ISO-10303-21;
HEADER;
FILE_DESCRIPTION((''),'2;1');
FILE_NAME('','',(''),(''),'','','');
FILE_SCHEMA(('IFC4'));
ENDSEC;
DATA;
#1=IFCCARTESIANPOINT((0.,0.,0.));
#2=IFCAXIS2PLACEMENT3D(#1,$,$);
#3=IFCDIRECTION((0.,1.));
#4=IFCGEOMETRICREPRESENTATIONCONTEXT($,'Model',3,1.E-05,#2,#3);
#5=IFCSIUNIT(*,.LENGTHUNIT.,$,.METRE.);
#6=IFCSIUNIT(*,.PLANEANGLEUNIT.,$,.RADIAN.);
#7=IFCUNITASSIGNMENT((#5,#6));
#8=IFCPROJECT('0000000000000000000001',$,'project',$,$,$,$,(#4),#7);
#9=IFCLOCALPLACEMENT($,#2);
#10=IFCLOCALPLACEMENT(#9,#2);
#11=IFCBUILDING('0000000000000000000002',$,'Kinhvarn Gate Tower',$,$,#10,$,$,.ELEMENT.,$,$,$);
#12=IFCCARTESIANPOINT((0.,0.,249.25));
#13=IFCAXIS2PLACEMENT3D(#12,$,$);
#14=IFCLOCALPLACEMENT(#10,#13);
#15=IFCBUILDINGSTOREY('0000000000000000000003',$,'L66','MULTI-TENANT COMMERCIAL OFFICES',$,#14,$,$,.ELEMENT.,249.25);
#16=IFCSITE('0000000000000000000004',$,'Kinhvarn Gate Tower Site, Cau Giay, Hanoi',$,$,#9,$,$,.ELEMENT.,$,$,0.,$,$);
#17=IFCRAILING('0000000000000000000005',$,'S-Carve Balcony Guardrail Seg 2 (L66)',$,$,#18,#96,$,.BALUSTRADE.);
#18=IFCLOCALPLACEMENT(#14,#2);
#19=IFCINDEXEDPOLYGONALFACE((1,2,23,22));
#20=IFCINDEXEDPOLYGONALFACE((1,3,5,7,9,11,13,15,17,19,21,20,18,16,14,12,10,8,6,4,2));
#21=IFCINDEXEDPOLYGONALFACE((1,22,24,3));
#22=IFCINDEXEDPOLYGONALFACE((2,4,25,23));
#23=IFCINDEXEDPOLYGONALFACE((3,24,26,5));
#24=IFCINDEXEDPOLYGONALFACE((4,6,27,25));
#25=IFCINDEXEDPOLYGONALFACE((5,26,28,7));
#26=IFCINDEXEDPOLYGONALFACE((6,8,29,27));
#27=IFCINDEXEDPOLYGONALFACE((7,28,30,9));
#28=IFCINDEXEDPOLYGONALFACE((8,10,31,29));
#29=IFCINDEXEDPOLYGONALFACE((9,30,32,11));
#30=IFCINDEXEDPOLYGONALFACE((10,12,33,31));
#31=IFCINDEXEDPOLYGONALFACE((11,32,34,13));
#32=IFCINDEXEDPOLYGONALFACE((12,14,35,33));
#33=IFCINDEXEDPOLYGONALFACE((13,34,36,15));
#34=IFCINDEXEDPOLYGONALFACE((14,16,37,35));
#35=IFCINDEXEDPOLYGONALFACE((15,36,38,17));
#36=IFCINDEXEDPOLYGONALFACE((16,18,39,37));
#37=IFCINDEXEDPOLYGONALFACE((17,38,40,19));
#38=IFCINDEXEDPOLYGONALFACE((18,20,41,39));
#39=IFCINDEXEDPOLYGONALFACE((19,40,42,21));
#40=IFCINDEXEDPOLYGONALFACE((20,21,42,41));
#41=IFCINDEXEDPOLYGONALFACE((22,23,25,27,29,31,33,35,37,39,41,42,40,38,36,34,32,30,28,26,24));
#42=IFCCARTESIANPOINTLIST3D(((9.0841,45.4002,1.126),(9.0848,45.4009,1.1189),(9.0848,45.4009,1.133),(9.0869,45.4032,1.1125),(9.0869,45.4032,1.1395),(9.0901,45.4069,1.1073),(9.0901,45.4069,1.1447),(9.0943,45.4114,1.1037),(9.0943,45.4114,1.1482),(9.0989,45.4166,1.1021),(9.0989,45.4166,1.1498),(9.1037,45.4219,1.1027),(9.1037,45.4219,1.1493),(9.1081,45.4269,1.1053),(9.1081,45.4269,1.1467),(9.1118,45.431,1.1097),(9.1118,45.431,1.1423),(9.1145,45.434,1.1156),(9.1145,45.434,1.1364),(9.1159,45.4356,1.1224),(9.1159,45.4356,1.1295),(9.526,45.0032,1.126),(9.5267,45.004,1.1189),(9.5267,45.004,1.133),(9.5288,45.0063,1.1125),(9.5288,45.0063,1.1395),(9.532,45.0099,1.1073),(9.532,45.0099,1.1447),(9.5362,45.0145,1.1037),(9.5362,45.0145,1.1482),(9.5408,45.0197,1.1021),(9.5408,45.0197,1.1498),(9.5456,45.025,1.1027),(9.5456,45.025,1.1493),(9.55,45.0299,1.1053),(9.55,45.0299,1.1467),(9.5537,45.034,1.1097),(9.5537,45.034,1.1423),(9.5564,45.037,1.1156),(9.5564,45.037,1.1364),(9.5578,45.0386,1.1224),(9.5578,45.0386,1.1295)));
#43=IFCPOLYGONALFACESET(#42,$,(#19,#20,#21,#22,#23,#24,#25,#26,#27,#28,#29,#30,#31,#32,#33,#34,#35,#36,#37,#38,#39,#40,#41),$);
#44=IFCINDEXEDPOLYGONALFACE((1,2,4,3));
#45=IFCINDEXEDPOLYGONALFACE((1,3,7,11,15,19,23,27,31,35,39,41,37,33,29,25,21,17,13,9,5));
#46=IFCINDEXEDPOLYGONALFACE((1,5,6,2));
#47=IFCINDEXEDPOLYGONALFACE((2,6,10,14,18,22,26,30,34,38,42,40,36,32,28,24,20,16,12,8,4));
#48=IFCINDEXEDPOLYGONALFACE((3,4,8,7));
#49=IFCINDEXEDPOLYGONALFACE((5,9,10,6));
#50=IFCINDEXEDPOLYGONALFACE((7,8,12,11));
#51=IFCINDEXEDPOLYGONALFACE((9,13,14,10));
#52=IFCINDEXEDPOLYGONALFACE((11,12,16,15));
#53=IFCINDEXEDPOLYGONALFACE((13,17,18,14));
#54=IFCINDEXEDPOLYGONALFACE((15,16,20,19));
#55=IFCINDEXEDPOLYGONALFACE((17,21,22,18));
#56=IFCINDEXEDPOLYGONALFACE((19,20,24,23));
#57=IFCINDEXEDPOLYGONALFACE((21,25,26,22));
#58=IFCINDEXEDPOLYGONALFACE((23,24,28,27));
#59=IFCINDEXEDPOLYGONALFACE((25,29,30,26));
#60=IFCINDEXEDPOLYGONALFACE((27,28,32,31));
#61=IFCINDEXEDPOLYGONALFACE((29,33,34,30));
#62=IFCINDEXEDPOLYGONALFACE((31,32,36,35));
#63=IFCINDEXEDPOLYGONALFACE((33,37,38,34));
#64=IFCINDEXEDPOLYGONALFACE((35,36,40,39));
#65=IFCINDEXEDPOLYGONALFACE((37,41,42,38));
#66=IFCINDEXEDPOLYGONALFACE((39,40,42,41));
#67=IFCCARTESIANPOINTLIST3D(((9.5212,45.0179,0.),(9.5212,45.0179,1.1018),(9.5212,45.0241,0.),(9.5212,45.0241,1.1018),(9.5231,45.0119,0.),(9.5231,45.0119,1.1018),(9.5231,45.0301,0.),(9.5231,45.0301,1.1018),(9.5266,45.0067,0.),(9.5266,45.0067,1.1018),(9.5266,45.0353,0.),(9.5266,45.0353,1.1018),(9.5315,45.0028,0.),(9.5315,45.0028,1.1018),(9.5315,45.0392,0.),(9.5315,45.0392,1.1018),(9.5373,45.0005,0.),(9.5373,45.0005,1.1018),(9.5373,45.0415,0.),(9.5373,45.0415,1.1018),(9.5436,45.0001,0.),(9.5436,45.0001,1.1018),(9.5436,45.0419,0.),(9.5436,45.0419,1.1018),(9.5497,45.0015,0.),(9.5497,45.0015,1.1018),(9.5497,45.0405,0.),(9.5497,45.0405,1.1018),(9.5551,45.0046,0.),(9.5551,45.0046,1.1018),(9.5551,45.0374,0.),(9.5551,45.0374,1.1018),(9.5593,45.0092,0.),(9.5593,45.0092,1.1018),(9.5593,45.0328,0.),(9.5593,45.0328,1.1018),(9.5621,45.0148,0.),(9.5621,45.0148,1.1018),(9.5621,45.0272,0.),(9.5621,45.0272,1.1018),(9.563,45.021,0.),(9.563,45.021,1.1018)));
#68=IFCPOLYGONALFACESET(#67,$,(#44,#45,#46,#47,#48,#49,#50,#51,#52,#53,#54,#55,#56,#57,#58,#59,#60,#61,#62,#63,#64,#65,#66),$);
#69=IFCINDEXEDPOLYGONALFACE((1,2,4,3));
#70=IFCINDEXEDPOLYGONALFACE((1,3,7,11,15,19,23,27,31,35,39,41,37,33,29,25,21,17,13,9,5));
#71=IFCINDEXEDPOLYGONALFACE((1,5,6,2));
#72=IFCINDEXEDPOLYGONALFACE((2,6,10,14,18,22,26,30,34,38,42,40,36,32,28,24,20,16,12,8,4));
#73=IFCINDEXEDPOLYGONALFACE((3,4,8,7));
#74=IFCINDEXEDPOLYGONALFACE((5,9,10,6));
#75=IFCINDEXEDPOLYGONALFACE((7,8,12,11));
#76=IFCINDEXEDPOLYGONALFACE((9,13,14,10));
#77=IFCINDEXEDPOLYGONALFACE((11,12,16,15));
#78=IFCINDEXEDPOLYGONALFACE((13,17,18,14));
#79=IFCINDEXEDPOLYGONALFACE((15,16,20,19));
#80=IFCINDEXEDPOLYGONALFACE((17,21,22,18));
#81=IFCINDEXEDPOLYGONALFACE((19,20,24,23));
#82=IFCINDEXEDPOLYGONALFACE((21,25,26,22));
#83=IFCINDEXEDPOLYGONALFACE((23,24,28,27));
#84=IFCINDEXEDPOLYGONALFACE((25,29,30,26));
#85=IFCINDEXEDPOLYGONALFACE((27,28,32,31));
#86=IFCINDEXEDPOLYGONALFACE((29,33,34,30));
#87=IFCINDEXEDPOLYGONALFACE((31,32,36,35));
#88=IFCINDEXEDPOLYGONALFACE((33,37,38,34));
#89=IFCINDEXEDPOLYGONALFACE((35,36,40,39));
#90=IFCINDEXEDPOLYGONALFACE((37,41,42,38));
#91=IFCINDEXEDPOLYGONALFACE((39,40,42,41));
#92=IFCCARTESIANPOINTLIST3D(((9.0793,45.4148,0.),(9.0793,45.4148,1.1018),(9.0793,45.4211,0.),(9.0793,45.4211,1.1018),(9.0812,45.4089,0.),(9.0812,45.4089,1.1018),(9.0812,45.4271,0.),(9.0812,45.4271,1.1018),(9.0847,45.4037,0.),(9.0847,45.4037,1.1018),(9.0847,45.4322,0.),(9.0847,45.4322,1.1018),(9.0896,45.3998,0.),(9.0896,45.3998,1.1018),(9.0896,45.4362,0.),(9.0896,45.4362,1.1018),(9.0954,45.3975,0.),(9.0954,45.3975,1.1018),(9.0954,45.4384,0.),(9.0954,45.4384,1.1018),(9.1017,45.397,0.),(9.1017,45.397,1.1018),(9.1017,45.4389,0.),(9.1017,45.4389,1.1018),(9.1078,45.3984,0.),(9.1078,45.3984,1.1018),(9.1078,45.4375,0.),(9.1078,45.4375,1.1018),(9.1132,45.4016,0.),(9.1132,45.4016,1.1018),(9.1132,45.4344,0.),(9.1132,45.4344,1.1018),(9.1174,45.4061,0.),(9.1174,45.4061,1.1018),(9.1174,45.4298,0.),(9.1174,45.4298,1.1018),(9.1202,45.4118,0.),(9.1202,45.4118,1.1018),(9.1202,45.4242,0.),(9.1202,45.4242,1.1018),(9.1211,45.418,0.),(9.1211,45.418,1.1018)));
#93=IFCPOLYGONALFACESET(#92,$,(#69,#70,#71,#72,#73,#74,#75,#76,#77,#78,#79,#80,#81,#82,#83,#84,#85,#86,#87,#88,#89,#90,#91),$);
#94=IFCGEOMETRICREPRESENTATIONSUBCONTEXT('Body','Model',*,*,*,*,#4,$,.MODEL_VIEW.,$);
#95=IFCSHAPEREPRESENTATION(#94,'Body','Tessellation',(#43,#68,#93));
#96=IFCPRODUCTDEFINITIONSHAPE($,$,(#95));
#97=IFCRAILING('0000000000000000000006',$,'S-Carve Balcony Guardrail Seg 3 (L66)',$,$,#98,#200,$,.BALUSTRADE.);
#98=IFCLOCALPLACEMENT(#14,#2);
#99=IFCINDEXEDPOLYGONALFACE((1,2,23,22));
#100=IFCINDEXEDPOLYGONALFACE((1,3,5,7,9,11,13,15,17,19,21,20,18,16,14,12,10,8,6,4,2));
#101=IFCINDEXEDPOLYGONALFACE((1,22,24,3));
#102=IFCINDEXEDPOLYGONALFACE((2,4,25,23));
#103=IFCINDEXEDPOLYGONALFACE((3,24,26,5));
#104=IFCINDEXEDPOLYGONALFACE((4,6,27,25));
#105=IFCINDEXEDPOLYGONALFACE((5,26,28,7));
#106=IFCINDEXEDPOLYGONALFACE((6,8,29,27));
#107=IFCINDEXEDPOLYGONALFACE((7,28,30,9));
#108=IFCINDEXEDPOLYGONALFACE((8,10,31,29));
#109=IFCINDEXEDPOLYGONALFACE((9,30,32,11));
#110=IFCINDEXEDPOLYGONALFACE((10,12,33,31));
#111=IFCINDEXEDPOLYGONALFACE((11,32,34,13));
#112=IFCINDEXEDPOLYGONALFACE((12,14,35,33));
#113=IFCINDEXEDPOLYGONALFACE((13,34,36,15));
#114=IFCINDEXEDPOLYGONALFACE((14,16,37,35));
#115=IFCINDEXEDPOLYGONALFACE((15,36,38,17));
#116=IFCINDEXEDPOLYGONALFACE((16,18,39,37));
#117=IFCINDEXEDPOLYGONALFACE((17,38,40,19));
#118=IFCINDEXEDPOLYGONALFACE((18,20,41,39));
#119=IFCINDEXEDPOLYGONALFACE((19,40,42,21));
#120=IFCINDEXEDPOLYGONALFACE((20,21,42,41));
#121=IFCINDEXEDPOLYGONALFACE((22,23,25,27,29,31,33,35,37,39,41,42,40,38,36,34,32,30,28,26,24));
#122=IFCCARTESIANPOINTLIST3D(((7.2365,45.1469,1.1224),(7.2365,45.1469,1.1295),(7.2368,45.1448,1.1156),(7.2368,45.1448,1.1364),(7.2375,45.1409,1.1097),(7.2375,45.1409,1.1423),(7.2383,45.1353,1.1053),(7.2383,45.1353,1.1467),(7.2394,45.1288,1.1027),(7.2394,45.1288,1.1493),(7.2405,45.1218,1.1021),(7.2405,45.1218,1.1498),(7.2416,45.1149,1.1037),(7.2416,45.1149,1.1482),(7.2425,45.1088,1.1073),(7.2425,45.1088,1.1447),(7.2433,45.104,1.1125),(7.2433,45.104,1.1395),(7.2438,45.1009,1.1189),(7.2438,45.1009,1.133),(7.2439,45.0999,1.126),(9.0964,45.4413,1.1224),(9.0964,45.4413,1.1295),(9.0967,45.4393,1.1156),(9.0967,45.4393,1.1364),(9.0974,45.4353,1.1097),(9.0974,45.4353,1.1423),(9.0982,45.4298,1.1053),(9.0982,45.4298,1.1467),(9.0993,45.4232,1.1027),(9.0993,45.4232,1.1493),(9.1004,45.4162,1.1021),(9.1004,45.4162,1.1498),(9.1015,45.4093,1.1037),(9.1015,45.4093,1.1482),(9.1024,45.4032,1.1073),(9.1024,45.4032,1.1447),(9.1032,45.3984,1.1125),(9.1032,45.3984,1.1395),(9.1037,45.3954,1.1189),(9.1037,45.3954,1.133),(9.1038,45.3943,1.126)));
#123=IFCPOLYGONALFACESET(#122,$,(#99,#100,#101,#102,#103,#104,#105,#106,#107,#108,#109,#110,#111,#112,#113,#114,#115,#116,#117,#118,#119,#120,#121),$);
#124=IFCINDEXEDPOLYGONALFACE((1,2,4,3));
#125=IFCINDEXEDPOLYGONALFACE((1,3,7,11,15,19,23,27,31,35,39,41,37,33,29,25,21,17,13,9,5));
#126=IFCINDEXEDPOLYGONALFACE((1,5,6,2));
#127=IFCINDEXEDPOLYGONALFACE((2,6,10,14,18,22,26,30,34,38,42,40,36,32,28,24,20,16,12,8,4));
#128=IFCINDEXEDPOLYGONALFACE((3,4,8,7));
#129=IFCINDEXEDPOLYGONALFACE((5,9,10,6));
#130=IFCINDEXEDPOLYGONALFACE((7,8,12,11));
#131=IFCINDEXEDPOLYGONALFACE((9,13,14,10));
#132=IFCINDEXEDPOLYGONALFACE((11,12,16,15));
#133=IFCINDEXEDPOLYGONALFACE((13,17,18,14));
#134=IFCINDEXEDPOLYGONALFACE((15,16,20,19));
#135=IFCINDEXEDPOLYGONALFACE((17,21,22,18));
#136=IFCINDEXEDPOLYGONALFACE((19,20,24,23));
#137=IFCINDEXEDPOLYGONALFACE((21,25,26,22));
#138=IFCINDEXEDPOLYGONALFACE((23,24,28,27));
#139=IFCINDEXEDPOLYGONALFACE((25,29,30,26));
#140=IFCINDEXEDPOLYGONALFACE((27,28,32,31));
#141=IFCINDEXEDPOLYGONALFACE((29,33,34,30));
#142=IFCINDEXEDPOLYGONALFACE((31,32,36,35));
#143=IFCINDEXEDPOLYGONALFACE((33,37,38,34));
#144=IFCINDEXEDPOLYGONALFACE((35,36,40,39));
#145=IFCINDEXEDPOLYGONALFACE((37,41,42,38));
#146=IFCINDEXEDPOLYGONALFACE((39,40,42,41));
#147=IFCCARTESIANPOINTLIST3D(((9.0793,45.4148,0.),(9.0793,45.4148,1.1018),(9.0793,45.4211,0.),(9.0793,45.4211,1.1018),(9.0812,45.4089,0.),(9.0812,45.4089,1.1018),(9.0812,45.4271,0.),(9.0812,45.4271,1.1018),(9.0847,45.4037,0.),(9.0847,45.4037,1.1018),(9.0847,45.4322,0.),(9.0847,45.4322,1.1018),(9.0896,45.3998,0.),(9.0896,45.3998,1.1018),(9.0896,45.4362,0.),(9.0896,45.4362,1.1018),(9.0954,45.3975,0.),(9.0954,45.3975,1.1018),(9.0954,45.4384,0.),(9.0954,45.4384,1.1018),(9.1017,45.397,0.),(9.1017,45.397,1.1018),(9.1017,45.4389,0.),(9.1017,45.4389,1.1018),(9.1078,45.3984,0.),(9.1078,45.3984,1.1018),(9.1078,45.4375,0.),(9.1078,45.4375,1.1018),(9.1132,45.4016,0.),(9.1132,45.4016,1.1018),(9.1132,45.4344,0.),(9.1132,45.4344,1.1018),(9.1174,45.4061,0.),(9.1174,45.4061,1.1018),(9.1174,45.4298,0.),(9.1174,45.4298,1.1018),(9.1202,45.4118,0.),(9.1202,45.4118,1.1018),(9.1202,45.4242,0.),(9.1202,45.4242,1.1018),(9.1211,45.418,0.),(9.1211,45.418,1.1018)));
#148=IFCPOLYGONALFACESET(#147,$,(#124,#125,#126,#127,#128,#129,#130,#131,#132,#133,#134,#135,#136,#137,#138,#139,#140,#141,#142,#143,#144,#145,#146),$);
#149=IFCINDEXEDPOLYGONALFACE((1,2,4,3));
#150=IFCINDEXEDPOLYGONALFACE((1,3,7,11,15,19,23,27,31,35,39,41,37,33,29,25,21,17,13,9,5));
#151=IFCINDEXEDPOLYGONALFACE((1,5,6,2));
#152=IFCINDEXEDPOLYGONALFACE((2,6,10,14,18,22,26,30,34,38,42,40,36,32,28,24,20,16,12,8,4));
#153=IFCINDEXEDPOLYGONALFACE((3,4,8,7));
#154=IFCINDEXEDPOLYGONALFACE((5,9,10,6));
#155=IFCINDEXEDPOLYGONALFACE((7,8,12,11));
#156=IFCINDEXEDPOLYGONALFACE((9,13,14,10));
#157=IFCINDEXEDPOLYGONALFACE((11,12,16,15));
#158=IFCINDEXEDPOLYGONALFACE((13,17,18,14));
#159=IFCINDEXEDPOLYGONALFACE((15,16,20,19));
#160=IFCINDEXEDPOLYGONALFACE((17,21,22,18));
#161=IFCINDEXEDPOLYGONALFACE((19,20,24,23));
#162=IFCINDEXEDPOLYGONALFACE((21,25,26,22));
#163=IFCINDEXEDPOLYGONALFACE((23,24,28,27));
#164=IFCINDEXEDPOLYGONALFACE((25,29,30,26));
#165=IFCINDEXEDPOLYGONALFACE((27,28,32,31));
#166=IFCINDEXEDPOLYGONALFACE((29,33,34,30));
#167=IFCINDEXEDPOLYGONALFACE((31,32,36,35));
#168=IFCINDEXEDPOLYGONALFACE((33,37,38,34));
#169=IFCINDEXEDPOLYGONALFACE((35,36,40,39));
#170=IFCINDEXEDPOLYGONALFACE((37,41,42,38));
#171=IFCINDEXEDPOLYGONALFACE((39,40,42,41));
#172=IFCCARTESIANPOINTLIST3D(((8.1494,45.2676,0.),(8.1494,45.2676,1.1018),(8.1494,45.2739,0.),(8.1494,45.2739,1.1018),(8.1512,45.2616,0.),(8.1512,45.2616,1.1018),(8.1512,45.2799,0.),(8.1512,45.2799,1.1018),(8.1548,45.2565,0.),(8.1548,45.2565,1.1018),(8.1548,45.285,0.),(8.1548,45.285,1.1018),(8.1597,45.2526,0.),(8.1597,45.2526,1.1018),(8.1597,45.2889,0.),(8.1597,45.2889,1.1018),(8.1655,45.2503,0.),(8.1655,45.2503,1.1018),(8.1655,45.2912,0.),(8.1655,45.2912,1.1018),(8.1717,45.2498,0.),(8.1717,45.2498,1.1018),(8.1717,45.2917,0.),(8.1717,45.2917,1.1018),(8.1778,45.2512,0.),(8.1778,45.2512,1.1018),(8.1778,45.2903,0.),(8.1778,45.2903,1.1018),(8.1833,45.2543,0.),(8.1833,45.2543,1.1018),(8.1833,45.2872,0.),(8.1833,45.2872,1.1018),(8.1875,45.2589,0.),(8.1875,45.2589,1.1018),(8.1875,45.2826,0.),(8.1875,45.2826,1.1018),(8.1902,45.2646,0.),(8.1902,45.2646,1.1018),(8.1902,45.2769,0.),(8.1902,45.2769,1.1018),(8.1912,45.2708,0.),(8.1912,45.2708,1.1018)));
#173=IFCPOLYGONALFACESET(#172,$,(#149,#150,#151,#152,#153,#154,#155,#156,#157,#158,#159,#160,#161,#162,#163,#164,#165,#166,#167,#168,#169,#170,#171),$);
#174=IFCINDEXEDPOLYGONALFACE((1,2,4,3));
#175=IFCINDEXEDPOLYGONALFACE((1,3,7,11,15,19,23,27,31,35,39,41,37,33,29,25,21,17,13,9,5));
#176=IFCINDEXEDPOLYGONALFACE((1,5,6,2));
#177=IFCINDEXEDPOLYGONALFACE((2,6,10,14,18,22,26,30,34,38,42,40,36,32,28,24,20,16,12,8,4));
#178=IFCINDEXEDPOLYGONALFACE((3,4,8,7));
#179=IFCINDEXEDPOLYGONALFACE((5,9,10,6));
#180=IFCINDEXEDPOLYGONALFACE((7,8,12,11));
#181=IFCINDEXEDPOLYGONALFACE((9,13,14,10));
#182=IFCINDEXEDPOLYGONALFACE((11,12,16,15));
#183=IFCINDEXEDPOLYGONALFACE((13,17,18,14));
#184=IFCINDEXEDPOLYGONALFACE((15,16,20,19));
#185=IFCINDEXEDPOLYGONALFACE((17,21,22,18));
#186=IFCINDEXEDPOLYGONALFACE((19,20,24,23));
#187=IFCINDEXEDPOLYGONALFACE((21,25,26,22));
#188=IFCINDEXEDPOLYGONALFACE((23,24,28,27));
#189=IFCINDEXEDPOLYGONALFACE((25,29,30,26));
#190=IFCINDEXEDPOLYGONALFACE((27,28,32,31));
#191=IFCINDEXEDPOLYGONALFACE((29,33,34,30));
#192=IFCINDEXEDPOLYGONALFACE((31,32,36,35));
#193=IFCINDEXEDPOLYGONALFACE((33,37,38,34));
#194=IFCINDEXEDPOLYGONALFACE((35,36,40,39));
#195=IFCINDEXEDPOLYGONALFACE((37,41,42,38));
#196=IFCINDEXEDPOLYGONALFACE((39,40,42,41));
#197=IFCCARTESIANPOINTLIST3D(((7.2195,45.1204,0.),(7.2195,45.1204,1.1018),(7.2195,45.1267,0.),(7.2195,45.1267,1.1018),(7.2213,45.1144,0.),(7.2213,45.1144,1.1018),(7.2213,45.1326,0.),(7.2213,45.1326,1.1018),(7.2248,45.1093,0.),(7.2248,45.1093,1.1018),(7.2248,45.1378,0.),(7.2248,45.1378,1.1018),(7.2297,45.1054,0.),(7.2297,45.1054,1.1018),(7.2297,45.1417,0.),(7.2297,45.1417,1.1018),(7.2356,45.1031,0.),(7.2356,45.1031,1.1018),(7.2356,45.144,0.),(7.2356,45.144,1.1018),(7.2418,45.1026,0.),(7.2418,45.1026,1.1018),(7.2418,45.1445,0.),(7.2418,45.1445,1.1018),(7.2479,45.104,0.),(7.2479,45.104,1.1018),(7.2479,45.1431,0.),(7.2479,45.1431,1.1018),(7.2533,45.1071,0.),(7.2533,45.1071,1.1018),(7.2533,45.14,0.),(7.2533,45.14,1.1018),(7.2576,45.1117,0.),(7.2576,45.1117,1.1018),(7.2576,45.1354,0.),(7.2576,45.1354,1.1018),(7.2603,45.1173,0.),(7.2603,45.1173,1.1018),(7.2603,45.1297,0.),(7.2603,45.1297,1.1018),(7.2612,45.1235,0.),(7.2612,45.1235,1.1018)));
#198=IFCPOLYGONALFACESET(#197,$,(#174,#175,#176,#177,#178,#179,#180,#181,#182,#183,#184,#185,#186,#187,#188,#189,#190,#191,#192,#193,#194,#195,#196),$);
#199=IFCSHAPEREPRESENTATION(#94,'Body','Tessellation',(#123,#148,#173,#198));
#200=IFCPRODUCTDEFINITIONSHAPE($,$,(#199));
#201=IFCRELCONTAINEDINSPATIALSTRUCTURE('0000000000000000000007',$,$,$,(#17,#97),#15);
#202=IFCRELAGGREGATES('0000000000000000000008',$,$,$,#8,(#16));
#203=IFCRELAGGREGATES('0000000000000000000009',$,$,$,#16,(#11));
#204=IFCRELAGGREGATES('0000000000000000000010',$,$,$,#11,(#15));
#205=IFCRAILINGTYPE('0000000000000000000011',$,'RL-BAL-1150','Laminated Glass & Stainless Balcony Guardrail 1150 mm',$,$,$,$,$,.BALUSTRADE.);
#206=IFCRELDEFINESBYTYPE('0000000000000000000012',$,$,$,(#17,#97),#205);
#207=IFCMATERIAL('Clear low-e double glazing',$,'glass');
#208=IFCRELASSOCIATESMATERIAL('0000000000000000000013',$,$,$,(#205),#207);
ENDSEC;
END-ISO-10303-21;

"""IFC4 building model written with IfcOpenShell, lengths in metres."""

from ifc_helpers import new_model, si_unit, direction, frame, origin, origin_2d, place, context, subcontext, project, spatial, circle, extrude, material, type_object, element, save


model = new_model("IFC4")

# Units and contexts
model_context = context("Model", 3, precision=1e-05, world=origin(), true_north=direction((0.0, 1.0)))
body_context = subcontext(model_context, "Body", "Model", "MODEL_VIEW")
ifc_project = project(units=[si_unit("LENGTHUNIT", "METRE"), si_unit("PLANEANGLEUNIT", "RADIAN")], contexts=[model_context])

# Site, building, storey
site_placement = place(None, origin())
site = spatial("IfcSite", under=ifc_project, at=site_placement, Name="Kinhvarn Gate Tower Site, Cau Giay, Hanoi", CompositionType="ELEMENT", RefElevation=0.0)
building_placement = place(site_placement, origin())
building = spatial("IfcBuilding", under=site, at=building_placement, Name="Kinhvarn Gate Tower", CompositionType="ELEMENT")
storey_placement = place(building_placement, frame((0.0, 0.0, 249.25)))
storey = spatial("IfcBuildingStorey", under=building, at=storey_placement, Name="L66", Description="MULTI-TENANT COMMERCIAL OFFICES", CompositionType="ELEMENT", Elevation=249.25)

# Shared definitions
ifc_material_1 = material(Name="Clear low-e double glazing", Category="glass")

# Railings
railing_type = type_object("IfcRailingType", Name="RL-BAL-1150", Description="Laminated Glass & Stainless Balcony Guardrail 1150 mm", PredefinedType="BALUSTRADE", material=ifc_material_1)
railing_1_placement = place(storey_placement, frame((9.542, 45.021, 0.0)))
element("IfcRailing", 1, at=railing_1_placement, inside=storey, type_object=railing_type, Name="S-Carve Balcony Guardrail Seg 2 (L66)", PredefinedType="BALUSTRADE", context=body_context, shape_type="SweptSolid", body=[
    extrude(circle(Radius=0.0239, at=origin_2d()), frame((0.0, 0.0, 1.126), z_axis=(-0.743907, 0.668283, 0.0), x_axis=(-0.668283, -0.743907, 0.0)), (0.0, 0.0, 1.0), 0.594),
    extrude(circle(Radius=0.021, at=origin_2d()), origin(), (0.0, 0.0, 1.0), 1.1018),
    extrude(circle(Radius=0.021, at=origin_2d()), frame((-0.4419, 0.397, 0.0)), (0.0, 0.0, 1.0), 1.1018),
])
railing_2_placement = place(storey_placement, frame((9.1001, 45.418, 0.0)))
element("IfcRailing", 2, at=railing_2_placement, inside=storey, type_object=railing_type, Name="S-Carve Balcony Guardrail Seg 3 (L66)", PredefinedType="BALUSTRADE", context=body_context, shape_type="SweptSolid", body=[
    extrude(circle(Radius=0.0239, at=origin_2d()), frame((0.0, 0.0, 1.126), z_axis=(-0.9877, -0.156362, 0.0), x_axis=(0.156362, -0.9877, 0.0)), (0.0, 0.0, 1.0), 1.8831),
    extrude(circle(Radius=0.021, at=origin_2d()), origin(), (0.0, 0.0, 1.0), 1.1018),
    extrude(circle(Radius=0.021, at=origin_2d()), frame((-0.9299, -0.1472, 0.0)), (0.0, 0.0, 1.0), 1.1018),
    extrude(circle(Radius=0.021, at=origin_2d()), frame((-1.8599, -0.2944, 0.0)), (0.0, 0.0, 1.0), 1.1018),
])

save(model, "model.ifc")
